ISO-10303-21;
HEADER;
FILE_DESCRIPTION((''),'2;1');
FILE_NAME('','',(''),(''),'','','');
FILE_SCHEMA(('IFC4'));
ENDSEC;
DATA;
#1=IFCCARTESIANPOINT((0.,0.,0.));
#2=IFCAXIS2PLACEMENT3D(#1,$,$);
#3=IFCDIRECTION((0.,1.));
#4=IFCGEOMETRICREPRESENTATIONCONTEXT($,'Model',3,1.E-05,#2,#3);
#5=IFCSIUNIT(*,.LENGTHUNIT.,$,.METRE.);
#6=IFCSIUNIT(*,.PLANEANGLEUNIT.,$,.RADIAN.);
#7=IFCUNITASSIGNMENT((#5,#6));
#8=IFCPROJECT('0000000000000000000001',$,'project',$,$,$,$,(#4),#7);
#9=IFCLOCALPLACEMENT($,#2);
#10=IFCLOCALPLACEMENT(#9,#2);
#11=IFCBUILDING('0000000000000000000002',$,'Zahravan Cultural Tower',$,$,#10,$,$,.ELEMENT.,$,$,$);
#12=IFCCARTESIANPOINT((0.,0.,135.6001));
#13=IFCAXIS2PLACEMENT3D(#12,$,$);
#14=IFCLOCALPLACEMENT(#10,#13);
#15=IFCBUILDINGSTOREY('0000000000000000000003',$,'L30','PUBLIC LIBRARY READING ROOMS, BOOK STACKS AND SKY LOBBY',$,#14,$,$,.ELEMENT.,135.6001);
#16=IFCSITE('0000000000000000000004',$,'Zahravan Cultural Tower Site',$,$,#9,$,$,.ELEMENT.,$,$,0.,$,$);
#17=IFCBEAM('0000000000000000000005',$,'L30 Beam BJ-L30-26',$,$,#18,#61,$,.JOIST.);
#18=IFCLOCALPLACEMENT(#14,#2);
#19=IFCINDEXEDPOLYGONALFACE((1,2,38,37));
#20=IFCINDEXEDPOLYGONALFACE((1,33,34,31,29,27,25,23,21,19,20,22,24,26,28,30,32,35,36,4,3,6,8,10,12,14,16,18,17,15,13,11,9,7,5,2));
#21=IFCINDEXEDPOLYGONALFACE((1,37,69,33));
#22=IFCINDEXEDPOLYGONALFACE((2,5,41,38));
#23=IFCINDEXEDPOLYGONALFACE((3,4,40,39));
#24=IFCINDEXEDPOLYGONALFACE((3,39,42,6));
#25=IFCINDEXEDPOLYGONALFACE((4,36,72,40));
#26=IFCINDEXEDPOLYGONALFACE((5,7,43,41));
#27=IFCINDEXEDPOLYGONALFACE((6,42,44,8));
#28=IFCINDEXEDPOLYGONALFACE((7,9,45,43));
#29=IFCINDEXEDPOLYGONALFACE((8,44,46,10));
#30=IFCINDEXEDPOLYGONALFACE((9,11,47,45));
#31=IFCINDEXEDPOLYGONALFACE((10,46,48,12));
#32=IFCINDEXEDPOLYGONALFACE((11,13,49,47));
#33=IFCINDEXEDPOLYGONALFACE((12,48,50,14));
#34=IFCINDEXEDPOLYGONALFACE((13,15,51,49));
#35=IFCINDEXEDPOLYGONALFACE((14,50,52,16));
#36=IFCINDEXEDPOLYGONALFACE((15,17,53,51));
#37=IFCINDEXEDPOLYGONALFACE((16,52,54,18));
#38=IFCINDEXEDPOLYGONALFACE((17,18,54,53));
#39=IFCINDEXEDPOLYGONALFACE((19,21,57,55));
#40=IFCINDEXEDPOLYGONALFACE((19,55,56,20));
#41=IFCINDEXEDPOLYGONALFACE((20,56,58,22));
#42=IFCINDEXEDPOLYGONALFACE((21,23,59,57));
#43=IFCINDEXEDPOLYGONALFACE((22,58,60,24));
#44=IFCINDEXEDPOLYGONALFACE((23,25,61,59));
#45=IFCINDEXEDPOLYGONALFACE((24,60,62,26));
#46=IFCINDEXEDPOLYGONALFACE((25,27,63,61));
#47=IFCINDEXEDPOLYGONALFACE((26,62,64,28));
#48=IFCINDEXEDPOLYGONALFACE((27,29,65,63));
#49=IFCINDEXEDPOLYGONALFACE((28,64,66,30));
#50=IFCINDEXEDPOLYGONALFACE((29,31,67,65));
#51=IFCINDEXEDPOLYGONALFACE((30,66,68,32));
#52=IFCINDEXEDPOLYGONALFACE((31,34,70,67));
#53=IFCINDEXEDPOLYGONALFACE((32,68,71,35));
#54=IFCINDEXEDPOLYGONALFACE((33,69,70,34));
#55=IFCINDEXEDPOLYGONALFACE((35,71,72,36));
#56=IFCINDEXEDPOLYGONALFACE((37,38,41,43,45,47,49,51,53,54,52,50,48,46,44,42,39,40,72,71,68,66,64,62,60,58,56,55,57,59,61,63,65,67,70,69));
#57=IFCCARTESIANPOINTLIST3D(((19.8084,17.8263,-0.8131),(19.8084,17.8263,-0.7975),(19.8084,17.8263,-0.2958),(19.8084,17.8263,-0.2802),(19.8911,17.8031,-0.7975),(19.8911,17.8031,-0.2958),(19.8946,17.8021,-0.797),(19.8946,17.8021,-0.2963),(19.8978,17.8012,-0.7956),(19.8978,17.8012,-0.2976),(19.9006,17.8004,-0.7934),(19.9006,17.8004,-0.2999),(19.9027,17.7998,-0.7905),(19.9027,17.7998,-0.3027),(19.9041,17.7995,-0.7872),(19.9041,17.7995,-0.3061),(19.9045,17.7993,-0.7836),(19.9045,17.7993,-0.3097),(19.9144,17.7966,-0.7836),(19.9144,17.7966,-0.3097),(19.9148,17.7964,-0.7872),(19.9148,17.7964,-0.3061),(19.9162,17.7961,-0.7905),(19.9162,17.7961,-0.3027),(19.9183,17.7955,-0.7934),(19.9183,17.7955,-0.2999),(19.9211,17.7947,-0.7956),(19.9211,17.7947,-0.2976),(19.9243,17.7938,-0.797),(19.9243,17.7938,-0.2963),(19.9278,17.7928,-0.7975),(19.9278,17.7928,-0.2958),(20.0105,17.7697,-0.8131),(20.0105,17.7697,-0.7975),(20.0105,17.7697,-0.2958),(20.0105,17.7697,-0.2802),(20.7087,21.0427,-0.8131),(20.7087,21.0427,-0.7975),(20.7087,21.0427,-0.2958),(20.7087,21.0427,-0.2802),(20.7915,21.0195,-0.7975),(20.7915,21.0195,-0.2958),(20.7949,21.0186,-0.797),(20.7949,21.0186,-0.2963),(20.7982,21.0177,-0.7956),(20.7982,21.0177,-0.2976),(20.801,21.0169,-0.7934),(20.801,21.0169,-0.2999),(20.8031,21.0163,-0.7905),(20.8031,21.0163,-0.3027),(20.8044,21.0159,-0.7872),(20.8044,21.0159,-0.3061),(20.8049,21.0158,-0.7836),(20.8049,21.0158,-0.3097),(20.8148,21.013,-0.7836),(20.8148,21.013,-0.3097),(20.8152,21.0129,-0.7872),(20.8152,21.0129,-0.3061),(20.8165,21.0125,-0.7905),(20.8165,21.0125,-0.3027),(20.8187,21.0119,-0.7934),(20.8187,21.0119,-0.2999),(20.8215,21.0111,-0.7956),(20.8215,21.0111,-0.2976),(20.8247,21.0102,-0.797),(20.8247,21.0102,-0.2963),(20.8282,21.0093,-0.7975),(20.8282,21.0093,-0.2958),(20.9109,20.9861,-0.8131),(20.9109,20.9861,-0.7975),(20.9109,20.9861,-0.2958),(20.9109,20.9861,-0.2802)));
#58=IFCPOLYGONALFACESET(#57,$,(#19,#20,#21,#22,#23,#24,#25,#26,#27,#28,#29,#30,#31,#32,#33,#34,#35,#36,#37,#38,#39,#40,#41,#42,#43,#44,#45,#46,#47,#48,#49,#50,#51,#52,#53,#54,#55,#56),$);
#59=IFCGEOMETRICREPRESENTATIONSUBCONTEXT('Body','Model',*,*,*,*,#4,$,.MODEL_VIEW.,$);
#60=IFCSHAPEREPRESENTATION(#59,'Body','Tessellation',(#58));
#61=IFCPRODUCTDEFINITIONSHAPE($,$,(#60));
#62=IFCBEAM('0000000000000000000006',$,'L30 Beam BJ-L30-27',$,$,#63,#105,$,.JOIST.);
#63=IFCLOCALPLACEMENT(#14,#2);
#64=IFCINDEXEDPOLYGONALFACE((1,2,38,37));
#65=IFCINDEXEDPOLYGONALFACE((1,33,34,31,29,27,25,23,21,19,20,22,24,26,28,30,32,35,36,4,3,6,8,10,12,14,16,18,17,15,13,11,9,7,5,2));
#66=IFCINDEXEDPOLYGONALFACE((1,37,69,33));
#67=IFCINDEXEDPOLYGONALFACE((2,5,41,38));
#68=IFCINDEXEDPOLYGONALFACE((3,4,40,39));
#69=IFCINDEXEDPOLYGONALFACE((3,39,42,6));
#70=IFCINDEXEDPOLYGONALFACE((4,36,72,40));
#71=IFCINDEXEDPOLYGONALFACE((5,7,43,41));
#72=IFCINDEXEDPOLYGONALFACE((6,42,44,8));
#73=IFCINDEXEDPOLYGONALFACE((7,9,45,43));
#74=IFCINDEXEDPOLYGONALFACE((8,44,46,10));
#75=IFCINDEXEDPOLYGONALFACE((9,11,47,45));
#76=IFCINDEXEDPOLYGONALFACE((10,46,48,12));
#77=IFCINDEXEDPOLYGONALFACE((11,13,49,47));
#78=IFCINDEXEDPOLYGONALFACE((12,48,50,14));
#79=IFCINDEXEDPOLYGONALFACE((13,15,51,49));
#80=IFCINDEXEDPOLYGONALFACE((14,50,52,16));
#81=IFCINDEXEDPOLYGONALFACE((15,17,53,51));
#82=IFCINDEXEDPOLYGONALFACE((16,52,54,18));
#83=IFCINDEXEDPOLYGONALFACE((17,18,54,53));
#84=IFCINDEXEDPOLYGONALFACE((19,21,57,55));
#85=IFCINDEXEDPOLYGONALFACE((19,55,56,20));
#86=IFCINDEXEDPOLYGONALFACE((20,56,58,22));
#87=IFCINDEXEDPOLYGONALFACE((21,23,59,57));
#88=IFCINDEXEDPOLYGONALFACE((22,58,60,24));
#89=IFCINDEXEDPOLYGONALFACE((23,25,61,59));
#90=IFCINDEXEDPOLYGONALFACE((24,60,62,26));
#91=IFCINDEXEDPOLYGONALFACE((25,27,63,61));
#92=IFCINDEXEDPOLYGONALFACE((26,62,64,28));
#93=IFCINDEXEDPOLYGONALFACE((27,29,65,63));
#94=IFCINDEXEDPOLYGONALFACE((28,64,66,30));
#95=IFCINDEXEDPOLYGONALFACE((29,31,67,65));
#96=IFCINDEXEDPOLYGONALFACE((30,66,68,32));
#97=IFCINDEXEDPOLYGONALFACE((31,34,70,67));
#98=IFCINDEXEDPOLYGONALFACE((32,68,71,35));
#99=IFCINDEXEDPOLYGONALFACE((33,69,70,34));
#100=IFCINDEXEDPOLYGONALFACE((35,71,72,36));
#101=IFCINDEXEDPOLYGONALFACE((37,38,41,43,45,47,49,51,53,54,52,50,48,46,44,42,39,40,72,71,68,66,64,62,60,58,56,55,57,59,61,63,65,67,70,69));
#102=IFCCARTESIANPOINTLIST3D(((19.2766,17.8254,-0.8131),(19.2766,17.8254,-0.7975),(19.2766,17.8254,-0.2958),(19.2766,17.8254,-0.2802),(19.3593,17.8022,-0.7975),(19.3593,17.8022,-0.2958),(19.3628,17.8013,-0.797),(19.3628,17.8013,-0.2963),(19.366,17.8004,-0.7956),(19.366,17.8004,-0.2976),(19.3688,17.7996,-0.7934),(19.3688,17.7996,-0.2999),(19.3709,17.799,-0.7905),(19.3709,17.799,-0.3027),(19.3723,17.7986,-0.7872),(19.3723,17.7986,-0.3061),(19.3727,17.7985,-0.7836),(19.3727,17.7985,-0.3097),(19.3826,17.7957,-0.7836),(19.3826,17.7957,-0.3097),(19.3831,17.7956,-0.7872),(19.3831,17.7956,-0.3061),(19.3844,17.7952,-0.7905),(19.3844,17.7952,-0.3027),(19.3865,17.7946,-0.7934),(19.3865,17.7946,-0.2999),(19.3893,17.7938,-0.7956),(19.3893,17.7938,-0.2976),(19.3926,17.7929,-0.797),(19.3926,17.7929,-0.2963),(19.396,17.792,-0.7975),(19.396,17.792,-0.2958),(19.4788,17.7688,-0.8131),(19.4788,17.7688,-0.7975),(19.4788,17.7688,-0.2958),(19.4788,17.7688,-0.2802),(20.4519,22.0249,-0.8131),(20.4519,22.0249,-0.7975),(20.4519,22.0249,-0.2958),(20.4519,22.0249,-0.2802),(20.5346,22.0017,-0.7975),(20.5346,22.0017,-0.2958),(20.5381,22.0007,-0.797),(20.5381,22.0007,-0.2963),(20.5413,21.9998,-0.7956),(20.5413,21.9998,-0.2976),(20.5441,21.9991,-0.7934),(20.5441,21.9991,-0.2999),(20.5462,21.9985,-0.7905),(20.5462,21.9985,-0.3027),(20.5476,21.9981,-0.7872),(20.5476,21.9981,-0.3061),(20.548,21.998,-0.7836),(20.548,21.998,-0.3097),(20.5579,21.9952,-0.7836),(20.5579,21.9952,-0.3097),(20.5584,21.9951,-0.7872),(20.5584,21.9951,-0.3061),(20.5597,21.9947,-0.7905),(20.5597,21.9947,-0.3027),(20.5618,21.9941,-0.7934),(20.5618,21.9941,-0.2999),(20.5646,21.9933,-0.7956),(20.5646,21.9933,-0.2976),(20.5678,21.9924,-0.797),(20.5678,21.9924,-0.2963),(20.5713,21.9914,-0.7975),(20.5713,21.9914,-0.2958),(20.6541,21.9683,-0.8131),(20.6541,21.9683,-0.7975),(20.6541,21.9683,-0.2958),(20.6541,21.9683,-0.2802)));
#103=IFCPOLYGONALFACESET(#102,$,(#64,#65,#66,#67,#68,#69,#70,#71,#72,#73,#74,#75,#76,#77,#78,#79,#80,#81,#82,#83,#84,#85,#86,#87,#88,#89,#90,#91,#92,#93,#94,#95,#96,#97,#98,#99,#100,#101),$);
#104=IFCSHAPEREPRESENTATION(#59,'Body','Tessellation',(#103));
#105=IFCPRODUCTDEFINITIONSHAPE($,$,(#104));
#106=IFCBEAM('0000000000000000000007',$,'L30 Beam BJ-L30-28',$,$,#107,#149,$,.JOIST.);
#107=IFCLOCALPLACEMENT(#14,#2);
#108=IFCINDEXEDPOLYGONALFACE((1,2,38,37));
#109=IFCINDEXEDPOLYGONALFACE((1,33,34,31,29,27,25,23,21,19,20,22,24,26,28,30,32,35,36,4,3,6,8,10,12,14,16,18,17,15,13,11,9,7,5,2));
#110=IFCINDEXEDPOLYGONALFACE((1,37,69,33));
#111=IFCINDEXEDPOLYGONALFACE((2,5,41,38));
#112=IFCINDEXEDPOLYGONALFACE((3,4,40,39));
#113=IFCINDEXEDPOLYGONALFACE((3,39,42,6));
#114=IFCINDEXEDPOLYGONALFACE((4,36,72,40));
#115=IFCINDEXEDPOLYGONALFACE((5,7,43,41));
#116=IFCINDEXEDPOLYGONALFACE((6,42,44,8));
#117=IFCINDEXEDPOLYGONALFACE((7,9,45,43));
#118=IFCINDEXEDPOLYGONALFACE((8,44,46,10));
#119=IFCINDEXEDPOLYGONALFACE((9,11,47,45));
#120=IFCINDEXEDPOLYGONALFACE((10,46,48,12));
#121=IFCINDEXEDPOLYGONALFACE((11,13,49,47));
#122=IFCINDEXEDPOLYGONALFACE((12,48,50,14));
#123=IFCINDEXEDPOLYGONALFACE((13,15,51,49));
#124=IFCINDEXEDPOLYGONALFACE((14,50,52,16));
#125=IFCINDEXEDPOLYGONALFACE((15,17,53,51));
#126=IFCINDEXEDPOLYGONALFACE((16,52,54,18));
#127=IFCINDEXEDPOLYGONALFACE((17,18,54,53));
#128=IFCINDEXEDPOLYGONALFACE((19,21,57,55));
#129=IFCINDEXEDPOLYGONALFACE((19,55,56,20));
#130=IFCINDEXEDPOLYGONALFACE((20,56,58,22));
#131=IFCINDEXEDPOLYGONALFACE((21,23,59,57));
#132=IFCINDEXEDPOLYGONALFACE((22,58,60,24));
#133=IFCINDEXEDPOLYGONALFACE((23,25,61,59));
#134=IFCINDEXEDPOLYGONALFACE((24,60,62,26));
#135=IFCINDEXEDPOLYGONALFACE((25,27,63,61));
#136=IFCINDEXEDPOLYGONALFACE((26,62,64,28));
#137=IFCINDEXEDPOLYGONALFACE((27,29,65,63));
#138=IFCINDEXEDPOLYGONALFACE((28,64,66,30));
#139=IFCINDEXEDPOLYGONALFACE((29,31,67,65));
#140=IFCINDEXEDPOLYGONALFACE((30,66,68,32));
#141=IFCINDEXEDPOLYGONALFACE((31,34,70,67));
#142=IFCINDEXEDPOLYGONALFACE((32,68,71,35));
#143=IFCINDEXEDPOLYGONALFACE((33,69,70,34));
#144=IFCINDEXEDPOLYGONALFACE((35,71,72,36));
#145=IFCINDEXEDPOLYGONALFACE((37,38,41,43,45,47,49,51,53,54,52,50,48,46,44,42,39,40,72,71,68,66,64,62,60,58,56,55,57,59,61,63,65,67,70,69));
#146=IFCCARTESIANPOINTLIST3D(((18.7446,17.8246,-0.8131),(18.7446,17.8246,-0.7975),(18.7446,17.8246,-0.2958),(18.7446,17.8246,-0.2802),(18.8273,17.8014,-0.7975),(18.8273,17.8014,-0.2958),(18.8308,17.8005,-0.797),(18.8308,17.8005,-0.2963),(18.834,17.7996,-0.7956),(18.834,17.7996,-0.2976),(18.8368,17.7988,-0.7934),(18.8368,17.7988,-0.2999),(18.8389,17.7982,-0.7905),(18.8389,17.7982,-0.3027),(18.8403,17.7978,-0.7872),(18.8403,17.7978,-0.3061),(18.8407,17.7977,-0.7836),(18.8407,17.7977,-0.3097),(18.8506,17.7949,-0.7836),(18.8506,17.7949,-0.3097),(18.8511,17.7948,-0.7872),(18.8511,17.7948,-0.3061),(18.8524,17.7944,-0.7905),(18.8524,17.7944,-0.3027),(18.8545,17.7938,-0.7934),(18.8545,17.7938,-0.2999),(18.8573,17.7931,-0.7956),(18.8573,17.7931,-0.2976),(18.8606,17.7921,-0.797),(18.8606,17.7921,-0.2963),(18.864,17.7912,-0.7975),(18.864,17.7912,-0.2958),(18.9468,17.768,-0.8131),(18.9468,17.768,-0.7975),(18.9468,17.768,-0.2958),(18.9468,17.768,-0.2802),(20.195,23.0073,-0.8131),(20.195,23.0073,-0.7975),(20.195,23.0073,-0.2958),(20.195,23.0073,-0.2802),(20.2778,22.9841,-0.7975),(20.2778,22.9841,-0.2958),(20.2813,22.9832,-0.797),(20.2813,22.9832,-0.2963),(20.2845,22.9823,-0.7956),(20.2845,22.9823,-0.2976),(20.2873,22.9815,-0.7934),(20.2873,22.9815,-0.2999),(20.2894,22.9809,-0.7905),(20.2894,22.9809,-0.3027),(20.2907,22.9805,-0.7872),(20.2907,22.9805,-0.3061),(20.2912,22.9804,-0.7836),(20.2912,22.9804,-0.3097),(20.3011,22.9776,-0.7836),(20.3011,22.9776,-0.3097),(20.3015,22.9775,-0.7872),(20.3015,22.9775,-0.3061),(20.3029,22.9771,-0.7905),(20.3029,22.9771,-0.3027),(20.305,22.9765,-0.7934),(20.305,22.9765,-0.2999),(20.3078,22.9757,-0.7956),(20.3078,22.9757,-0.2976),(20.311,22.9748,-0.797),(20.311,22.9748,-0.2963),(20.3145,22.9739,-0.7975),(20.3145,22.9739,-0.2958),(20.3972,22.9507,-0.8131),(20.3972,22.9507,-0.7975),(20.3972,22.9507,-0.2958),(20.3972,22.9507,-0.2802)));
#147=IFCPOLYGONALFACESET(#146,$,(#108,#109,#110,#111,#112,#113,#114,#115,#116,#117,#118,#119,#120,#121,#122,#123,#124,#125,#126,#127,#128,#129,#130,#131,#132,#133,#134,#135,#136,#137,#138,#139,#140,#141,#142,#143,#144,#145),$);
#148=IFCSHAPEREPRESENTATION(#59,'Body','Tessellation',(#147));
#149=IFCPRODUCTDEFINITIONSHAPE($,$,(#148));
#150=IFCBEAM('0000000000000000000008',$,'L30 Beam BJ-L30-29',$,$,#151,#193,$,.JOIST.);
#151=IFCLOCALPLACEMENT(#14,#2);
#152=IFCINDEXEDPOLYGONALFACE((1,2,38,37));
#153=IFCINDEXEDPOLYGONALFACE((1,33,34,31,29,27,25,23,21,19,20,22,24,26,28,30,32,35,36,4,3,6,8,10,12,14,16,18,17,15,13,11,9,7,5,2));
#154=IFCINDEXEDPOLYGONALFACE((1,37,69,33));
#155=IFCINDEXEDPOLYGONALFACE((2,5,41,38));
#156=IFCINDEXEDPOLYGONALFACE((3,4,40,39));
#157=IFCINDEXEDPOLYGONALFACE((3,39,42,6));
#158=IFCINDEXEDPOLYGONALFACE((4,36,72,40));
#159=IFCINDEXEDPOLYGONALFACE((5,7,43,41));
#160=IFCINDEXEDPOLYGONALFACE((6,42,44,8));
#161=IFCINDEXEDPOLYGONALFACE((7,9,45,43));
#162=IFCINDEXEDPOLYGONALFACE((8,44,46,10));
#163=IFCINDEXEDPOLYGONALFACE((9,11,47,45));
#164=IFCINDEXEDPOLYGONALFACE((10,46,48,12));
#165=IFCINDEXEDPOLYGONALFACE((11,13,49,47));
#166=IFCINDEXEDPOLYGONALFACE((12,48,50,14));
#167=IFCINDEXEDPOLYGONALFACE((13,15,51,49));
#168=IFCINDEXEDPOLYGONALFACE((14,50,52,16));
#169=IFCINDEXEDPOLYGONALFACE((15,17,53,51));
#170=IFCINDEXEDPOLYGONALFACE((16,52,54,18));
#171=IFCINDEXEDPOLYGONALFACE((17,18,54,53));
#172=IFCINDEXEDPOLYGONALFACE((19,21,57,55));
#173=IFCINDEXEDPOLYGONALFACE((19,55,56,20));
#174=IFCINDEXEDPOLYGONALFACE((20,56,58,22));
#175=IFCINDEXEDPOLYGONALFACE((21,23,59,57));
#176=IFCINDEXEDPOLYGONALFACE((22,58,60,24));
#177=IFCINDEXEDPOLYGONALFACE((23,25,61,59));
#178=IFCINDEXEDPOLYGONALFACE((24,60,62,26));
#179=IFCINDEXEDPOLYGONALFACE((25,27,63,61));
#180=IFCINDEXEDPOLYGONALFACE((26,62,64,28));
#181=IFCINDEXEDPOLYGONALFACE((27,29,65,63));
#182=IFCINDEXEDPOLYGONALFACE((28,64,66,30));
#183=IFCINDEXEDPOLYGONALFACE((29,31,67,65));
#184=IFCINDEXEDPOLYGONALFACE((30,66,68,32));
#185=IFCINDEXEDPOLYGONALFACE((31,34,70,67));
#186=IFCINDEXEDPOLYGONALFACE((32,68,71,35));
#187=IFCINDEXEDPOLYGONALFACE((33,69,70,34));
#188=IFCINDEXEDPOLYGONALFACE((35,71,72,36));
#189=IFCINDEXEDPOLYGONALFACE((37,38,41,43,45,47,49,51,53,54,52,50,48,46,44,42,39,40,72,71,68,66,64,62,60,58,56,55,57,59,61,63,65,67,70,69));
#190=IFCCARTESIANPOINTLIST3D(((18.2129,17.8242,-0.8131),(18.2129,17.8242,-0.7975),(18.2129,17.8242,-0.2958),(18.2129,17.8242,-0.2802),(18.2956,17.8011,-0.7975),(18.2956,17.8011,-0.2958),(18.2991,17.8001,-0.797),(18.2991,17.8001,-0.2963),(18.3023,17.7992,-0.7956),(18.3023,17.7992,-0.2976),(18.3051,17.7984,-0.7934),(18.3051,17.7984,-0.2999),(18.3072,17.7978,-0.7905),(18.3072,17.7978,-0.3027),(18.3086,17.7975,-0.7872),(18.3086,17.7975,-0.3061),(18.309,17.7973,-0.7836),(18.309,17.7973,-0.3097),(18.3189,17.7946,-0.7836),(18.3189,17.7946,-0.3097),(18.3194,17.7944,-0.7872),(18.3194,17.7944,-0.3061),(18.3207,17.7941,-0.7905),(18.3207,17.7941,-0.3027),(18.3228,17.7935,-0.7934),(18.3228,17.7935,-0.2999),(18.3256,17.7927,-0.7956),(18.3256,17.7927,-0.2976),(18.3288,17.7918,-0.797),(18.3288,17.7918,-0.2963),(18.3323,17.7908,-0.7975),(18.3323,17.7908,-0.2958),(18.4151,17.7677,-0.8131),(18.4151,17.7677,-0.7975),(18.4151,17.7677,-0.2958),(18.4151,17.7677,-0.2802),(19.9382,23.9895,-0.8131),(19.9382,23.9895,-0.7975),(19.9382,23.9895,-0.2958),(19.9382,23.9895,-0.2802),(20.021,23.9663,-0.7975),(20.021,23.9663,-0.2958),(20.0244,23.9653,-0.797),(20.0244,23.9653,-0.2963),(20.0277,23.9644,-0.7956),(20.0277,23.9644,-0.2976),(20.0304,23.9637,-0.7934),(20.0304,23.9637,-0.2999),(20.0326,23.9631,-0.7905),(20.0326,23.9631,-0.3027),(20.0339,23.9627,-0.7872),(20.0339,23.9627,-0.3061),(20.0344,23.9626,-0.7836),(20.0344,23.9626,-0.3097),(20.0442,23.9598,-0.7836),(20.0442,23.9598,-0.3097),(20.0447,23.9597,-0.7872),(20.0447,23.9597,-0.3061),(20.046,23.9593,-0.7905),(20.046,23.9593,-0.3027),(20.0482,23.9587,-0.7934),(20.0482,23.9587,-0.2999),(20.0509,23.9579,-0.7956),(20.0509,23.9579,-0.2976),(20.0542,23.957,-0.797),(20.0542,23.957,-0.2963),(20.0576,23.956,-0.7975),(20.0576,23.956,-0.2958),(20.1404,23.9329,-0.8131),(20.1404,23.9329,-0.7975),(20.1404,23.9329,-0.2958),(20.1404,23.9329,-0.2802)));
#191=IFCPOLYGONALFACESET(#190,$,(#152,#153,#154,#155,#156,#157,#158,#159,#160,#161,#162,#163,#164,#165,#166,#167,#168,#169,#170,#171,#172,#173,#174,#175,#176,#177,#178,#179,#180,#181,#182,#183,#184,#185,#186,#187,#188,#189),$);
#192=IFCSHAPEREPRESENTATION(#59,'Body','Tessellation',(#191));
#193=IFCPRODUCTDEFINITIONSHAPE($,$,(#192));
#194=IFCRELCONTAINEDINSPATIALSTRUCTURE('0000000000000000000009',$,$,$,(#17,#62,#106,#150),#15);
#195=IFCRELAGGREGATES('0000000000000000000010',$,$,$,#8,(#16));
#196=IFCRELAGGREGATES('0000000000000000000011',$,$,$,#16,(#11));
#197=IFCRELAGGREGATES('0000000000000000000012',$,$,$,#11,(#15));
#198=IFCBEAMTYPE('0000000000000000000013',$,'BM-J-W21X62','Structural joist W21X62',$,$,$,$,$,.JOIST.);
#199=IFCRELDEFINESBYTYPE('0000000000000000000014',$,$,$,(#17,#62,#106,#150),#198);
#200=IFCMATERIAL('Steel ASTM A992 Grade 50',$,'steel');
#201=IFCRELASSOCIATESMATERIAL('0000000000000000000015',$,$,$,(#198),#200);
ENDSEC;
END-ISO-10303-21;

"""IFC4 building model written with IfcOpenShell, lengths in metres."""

from ifc_helpers import new_model, si_unit, direction, frame, origin, origin_2d, place, context, subcontext, project, spatial, i_section, extrude, source, transform, mapped, material, material_profile, profile_set, type_object, element, save


model = new_model("IFC4")

# Units and contexts
model_context = context("Model", 3, precision=1e-05, world=origin(), true_north=direction((0.0, 1.0)))
body_context = subcontext(model_context, "Body", "Model", "MODEL_VIEW")
ifc_project = project(units=[si_unit("LENGTHUNIT", "METRE"), si_unit("PLANEANGLEUNIT", "RADIAN")], contexts=[model_context])

# Site, building, storey
site_placement = place(None, origin())
site = spatial("IfcSite", under=ifc_project, at=site_placement, Name="Zahravan Cultural Tower Site", CompositionType="ELEMENT", RefElevation=0.0)
building_placement = place(site_placement, origin())
building = spatial("IfcBuilding", under=site, at=building_placement, Name="Zahravan Cultural Tower", CompositionType="ELEMENT")
storey_placement = place(building_placement, frame((0.0, 0.0, 135.6001)))
storey = spatial("IfcBuildingStorey", under=building, at=storey_placement, Name="L30", Description="PUBLIC LIBRARY READING ROOMS, BOOK STACKS AND SKY LOBBY", CompositionType="ELEMENT", Elevation=135.6001)

# Shared definitions
ifc_material_1 = material(Name="Steel ASTM A992 Grade 50", Category="steel")

# Beams
ifc_material_profile_1 = material_profile(ifc_material_1, i_section(OverallWidth=0.21, OverallDepth=0.533, WebThickness=0.0103, FlangeThickness=0.0156, FilletRadius=0.0139, at=origin_2d()), Name="W21X62")
ifc_profile_set_1 = profile_set([ifc_material_profile_1], Name="Steel ASTM A992 Grade 50")
beam_type = type_object("IfcBeamType", Name="BM-J-W21X62", Description="Structural joist W21X62", PredefinedType="JOIST", material=ifc_profile_set_1)
shared_shape_1 = source(origin(), body_context, "Body", "SweptSolid", [
    extrude(i_section(OverallWidth=0.21, OverallDepth=0.533, WebThickness=0.0103, FlangeThickness=0.0156, FilletRadius=0.0139, at=origin_2d()), origin(), (0.0, 0.0, 1.0), 3.3401),
])
beam_1_placement = place(storey_placement, frame((20.8098, 21.0144, -0.5466), z_axis=(-0.269562, -0.962983, 0.0), x_axis=(0.962983, -0.269562, 0.0)))
element("IfcBeam", 1, at=beam_1_placement, inside=storey, type_object=beam_type, Name="L30 Beam BJ-L30-26", PredefinedType="JOIST", context=body_context, shape_type="MappedRepresentation", body=[
    mapped(shared_shape_1, transform((0.0, 0.0, 0.0), x_axis=(1.0, 0.0, 0.0), y_axis=(0.0, 1.0, 0.0), z_axis=(0.0, 0.0, 1.0), scale=1.0)),
])
shared_shape_2 = source(origin(), body_context, "Body", "SweptSolid", [
    extrude(i_section(OverallWidth=0.21, OverallDepth=0.533, WebThickness=0.0103, FlangeThickness=0.0156, FilletRadius=0.0139, at=origin_2d()), origin(), (0.0, 0.0, 1.0), 4.3608),
])
beam_2_placement = place(storey_placement, frame((20.553, 21.9966, -0.5466), z_axis=(-0.269512, -0.962997, 0.0), x_axis=(0.962997, -0.269512, 0.0)))
element("IfcBeam", 2, at=beam_2_placement, inside=storey, type_object=beam_type, Name="L30 Beam BJ-L30-27", PredefinedType="JOIST", context=body_context, shape_type="MappedRepresentation", body=[
    mapped(shared_shape_2, transform((0.0, 0.0, 0.0), x_axis=(1.0, 0.0, 0.0), y_axis=(0.0, 1.0, 0.0), z_axis=(0.0, 0.0, 1.0), scale=1.0)),
])
shared_shape_3 = source(origin(), body_context, "Body", "SweptSolid", [
    extrude(i_section(OverallWidth=0.21, OverallDepth=0.533, WebThickness=0.0103, FlangeThickness=0.0156, FilletRadius=0.0139, at=origin_2d()), origin(), (0.0, 0.0, 1.0), 5.3818),
])
beam_3_placement = place(storey_placement, frame((20.2961, 22.979, -0.5466), z_axis=(-0.26951, -0.962997, 0.0), x_axis=(0.962997, -0.26951, 0.0)))
element("IfcBeam", 3, at=beam_3_placement, inside=storey, type_object=beam_type, Name="L30 Beam BJ-L30-28", PredefinedType="JOIST", context=body_context, shape_type="MappedRepresentation", body=[
    mapped(shared_shape_3, transform((0.0, 0.0, 0.0), x_axis=(1.0, 0.0, 0.0), y_axis=(0.0, 1.0, 0.0), z_axis=(0.0, 0.0, 1.0), scale=1.0)),
])
shared_shape_4 = source(origin(), body_context, "Body", "SweptSolid", [
    extrude(i_section(OverallWidth=0.21, OverallDepth=0.533, WebThickness=0.0103, FlangeThickness=0.0156, FilletRadius=0.0139, at=origin_2d()), origin(), (0.0, 0.0, 1.0), 6.4021),
])
beam_4_placement = place(storey_placement, frame((20.0393, 23.9612, -0.5466), z_axis=(-0.269494, -0.963002, 0.0), x_axis=(0.963002, -0.269494, 0.0)))
element("IfcBeam", 4, at=beam_4_placement, inside=storey, type_object=beam_type, Name="L30 Beam BJ-L30-29", PredefinedType="JOIST", context=body_context, shape_type="MappedRepresentation", body=[
    mapped(shared_shape_4, transform((0.0, 0.0, 0.0), x_axis=(1.0, 0.0, 0.0), y_axis=(0.0, 1.0, 0.0), z_axis=(0.0, 0.0, 1.0), scale=1.0)),
])

save(model, "model.ifc")
